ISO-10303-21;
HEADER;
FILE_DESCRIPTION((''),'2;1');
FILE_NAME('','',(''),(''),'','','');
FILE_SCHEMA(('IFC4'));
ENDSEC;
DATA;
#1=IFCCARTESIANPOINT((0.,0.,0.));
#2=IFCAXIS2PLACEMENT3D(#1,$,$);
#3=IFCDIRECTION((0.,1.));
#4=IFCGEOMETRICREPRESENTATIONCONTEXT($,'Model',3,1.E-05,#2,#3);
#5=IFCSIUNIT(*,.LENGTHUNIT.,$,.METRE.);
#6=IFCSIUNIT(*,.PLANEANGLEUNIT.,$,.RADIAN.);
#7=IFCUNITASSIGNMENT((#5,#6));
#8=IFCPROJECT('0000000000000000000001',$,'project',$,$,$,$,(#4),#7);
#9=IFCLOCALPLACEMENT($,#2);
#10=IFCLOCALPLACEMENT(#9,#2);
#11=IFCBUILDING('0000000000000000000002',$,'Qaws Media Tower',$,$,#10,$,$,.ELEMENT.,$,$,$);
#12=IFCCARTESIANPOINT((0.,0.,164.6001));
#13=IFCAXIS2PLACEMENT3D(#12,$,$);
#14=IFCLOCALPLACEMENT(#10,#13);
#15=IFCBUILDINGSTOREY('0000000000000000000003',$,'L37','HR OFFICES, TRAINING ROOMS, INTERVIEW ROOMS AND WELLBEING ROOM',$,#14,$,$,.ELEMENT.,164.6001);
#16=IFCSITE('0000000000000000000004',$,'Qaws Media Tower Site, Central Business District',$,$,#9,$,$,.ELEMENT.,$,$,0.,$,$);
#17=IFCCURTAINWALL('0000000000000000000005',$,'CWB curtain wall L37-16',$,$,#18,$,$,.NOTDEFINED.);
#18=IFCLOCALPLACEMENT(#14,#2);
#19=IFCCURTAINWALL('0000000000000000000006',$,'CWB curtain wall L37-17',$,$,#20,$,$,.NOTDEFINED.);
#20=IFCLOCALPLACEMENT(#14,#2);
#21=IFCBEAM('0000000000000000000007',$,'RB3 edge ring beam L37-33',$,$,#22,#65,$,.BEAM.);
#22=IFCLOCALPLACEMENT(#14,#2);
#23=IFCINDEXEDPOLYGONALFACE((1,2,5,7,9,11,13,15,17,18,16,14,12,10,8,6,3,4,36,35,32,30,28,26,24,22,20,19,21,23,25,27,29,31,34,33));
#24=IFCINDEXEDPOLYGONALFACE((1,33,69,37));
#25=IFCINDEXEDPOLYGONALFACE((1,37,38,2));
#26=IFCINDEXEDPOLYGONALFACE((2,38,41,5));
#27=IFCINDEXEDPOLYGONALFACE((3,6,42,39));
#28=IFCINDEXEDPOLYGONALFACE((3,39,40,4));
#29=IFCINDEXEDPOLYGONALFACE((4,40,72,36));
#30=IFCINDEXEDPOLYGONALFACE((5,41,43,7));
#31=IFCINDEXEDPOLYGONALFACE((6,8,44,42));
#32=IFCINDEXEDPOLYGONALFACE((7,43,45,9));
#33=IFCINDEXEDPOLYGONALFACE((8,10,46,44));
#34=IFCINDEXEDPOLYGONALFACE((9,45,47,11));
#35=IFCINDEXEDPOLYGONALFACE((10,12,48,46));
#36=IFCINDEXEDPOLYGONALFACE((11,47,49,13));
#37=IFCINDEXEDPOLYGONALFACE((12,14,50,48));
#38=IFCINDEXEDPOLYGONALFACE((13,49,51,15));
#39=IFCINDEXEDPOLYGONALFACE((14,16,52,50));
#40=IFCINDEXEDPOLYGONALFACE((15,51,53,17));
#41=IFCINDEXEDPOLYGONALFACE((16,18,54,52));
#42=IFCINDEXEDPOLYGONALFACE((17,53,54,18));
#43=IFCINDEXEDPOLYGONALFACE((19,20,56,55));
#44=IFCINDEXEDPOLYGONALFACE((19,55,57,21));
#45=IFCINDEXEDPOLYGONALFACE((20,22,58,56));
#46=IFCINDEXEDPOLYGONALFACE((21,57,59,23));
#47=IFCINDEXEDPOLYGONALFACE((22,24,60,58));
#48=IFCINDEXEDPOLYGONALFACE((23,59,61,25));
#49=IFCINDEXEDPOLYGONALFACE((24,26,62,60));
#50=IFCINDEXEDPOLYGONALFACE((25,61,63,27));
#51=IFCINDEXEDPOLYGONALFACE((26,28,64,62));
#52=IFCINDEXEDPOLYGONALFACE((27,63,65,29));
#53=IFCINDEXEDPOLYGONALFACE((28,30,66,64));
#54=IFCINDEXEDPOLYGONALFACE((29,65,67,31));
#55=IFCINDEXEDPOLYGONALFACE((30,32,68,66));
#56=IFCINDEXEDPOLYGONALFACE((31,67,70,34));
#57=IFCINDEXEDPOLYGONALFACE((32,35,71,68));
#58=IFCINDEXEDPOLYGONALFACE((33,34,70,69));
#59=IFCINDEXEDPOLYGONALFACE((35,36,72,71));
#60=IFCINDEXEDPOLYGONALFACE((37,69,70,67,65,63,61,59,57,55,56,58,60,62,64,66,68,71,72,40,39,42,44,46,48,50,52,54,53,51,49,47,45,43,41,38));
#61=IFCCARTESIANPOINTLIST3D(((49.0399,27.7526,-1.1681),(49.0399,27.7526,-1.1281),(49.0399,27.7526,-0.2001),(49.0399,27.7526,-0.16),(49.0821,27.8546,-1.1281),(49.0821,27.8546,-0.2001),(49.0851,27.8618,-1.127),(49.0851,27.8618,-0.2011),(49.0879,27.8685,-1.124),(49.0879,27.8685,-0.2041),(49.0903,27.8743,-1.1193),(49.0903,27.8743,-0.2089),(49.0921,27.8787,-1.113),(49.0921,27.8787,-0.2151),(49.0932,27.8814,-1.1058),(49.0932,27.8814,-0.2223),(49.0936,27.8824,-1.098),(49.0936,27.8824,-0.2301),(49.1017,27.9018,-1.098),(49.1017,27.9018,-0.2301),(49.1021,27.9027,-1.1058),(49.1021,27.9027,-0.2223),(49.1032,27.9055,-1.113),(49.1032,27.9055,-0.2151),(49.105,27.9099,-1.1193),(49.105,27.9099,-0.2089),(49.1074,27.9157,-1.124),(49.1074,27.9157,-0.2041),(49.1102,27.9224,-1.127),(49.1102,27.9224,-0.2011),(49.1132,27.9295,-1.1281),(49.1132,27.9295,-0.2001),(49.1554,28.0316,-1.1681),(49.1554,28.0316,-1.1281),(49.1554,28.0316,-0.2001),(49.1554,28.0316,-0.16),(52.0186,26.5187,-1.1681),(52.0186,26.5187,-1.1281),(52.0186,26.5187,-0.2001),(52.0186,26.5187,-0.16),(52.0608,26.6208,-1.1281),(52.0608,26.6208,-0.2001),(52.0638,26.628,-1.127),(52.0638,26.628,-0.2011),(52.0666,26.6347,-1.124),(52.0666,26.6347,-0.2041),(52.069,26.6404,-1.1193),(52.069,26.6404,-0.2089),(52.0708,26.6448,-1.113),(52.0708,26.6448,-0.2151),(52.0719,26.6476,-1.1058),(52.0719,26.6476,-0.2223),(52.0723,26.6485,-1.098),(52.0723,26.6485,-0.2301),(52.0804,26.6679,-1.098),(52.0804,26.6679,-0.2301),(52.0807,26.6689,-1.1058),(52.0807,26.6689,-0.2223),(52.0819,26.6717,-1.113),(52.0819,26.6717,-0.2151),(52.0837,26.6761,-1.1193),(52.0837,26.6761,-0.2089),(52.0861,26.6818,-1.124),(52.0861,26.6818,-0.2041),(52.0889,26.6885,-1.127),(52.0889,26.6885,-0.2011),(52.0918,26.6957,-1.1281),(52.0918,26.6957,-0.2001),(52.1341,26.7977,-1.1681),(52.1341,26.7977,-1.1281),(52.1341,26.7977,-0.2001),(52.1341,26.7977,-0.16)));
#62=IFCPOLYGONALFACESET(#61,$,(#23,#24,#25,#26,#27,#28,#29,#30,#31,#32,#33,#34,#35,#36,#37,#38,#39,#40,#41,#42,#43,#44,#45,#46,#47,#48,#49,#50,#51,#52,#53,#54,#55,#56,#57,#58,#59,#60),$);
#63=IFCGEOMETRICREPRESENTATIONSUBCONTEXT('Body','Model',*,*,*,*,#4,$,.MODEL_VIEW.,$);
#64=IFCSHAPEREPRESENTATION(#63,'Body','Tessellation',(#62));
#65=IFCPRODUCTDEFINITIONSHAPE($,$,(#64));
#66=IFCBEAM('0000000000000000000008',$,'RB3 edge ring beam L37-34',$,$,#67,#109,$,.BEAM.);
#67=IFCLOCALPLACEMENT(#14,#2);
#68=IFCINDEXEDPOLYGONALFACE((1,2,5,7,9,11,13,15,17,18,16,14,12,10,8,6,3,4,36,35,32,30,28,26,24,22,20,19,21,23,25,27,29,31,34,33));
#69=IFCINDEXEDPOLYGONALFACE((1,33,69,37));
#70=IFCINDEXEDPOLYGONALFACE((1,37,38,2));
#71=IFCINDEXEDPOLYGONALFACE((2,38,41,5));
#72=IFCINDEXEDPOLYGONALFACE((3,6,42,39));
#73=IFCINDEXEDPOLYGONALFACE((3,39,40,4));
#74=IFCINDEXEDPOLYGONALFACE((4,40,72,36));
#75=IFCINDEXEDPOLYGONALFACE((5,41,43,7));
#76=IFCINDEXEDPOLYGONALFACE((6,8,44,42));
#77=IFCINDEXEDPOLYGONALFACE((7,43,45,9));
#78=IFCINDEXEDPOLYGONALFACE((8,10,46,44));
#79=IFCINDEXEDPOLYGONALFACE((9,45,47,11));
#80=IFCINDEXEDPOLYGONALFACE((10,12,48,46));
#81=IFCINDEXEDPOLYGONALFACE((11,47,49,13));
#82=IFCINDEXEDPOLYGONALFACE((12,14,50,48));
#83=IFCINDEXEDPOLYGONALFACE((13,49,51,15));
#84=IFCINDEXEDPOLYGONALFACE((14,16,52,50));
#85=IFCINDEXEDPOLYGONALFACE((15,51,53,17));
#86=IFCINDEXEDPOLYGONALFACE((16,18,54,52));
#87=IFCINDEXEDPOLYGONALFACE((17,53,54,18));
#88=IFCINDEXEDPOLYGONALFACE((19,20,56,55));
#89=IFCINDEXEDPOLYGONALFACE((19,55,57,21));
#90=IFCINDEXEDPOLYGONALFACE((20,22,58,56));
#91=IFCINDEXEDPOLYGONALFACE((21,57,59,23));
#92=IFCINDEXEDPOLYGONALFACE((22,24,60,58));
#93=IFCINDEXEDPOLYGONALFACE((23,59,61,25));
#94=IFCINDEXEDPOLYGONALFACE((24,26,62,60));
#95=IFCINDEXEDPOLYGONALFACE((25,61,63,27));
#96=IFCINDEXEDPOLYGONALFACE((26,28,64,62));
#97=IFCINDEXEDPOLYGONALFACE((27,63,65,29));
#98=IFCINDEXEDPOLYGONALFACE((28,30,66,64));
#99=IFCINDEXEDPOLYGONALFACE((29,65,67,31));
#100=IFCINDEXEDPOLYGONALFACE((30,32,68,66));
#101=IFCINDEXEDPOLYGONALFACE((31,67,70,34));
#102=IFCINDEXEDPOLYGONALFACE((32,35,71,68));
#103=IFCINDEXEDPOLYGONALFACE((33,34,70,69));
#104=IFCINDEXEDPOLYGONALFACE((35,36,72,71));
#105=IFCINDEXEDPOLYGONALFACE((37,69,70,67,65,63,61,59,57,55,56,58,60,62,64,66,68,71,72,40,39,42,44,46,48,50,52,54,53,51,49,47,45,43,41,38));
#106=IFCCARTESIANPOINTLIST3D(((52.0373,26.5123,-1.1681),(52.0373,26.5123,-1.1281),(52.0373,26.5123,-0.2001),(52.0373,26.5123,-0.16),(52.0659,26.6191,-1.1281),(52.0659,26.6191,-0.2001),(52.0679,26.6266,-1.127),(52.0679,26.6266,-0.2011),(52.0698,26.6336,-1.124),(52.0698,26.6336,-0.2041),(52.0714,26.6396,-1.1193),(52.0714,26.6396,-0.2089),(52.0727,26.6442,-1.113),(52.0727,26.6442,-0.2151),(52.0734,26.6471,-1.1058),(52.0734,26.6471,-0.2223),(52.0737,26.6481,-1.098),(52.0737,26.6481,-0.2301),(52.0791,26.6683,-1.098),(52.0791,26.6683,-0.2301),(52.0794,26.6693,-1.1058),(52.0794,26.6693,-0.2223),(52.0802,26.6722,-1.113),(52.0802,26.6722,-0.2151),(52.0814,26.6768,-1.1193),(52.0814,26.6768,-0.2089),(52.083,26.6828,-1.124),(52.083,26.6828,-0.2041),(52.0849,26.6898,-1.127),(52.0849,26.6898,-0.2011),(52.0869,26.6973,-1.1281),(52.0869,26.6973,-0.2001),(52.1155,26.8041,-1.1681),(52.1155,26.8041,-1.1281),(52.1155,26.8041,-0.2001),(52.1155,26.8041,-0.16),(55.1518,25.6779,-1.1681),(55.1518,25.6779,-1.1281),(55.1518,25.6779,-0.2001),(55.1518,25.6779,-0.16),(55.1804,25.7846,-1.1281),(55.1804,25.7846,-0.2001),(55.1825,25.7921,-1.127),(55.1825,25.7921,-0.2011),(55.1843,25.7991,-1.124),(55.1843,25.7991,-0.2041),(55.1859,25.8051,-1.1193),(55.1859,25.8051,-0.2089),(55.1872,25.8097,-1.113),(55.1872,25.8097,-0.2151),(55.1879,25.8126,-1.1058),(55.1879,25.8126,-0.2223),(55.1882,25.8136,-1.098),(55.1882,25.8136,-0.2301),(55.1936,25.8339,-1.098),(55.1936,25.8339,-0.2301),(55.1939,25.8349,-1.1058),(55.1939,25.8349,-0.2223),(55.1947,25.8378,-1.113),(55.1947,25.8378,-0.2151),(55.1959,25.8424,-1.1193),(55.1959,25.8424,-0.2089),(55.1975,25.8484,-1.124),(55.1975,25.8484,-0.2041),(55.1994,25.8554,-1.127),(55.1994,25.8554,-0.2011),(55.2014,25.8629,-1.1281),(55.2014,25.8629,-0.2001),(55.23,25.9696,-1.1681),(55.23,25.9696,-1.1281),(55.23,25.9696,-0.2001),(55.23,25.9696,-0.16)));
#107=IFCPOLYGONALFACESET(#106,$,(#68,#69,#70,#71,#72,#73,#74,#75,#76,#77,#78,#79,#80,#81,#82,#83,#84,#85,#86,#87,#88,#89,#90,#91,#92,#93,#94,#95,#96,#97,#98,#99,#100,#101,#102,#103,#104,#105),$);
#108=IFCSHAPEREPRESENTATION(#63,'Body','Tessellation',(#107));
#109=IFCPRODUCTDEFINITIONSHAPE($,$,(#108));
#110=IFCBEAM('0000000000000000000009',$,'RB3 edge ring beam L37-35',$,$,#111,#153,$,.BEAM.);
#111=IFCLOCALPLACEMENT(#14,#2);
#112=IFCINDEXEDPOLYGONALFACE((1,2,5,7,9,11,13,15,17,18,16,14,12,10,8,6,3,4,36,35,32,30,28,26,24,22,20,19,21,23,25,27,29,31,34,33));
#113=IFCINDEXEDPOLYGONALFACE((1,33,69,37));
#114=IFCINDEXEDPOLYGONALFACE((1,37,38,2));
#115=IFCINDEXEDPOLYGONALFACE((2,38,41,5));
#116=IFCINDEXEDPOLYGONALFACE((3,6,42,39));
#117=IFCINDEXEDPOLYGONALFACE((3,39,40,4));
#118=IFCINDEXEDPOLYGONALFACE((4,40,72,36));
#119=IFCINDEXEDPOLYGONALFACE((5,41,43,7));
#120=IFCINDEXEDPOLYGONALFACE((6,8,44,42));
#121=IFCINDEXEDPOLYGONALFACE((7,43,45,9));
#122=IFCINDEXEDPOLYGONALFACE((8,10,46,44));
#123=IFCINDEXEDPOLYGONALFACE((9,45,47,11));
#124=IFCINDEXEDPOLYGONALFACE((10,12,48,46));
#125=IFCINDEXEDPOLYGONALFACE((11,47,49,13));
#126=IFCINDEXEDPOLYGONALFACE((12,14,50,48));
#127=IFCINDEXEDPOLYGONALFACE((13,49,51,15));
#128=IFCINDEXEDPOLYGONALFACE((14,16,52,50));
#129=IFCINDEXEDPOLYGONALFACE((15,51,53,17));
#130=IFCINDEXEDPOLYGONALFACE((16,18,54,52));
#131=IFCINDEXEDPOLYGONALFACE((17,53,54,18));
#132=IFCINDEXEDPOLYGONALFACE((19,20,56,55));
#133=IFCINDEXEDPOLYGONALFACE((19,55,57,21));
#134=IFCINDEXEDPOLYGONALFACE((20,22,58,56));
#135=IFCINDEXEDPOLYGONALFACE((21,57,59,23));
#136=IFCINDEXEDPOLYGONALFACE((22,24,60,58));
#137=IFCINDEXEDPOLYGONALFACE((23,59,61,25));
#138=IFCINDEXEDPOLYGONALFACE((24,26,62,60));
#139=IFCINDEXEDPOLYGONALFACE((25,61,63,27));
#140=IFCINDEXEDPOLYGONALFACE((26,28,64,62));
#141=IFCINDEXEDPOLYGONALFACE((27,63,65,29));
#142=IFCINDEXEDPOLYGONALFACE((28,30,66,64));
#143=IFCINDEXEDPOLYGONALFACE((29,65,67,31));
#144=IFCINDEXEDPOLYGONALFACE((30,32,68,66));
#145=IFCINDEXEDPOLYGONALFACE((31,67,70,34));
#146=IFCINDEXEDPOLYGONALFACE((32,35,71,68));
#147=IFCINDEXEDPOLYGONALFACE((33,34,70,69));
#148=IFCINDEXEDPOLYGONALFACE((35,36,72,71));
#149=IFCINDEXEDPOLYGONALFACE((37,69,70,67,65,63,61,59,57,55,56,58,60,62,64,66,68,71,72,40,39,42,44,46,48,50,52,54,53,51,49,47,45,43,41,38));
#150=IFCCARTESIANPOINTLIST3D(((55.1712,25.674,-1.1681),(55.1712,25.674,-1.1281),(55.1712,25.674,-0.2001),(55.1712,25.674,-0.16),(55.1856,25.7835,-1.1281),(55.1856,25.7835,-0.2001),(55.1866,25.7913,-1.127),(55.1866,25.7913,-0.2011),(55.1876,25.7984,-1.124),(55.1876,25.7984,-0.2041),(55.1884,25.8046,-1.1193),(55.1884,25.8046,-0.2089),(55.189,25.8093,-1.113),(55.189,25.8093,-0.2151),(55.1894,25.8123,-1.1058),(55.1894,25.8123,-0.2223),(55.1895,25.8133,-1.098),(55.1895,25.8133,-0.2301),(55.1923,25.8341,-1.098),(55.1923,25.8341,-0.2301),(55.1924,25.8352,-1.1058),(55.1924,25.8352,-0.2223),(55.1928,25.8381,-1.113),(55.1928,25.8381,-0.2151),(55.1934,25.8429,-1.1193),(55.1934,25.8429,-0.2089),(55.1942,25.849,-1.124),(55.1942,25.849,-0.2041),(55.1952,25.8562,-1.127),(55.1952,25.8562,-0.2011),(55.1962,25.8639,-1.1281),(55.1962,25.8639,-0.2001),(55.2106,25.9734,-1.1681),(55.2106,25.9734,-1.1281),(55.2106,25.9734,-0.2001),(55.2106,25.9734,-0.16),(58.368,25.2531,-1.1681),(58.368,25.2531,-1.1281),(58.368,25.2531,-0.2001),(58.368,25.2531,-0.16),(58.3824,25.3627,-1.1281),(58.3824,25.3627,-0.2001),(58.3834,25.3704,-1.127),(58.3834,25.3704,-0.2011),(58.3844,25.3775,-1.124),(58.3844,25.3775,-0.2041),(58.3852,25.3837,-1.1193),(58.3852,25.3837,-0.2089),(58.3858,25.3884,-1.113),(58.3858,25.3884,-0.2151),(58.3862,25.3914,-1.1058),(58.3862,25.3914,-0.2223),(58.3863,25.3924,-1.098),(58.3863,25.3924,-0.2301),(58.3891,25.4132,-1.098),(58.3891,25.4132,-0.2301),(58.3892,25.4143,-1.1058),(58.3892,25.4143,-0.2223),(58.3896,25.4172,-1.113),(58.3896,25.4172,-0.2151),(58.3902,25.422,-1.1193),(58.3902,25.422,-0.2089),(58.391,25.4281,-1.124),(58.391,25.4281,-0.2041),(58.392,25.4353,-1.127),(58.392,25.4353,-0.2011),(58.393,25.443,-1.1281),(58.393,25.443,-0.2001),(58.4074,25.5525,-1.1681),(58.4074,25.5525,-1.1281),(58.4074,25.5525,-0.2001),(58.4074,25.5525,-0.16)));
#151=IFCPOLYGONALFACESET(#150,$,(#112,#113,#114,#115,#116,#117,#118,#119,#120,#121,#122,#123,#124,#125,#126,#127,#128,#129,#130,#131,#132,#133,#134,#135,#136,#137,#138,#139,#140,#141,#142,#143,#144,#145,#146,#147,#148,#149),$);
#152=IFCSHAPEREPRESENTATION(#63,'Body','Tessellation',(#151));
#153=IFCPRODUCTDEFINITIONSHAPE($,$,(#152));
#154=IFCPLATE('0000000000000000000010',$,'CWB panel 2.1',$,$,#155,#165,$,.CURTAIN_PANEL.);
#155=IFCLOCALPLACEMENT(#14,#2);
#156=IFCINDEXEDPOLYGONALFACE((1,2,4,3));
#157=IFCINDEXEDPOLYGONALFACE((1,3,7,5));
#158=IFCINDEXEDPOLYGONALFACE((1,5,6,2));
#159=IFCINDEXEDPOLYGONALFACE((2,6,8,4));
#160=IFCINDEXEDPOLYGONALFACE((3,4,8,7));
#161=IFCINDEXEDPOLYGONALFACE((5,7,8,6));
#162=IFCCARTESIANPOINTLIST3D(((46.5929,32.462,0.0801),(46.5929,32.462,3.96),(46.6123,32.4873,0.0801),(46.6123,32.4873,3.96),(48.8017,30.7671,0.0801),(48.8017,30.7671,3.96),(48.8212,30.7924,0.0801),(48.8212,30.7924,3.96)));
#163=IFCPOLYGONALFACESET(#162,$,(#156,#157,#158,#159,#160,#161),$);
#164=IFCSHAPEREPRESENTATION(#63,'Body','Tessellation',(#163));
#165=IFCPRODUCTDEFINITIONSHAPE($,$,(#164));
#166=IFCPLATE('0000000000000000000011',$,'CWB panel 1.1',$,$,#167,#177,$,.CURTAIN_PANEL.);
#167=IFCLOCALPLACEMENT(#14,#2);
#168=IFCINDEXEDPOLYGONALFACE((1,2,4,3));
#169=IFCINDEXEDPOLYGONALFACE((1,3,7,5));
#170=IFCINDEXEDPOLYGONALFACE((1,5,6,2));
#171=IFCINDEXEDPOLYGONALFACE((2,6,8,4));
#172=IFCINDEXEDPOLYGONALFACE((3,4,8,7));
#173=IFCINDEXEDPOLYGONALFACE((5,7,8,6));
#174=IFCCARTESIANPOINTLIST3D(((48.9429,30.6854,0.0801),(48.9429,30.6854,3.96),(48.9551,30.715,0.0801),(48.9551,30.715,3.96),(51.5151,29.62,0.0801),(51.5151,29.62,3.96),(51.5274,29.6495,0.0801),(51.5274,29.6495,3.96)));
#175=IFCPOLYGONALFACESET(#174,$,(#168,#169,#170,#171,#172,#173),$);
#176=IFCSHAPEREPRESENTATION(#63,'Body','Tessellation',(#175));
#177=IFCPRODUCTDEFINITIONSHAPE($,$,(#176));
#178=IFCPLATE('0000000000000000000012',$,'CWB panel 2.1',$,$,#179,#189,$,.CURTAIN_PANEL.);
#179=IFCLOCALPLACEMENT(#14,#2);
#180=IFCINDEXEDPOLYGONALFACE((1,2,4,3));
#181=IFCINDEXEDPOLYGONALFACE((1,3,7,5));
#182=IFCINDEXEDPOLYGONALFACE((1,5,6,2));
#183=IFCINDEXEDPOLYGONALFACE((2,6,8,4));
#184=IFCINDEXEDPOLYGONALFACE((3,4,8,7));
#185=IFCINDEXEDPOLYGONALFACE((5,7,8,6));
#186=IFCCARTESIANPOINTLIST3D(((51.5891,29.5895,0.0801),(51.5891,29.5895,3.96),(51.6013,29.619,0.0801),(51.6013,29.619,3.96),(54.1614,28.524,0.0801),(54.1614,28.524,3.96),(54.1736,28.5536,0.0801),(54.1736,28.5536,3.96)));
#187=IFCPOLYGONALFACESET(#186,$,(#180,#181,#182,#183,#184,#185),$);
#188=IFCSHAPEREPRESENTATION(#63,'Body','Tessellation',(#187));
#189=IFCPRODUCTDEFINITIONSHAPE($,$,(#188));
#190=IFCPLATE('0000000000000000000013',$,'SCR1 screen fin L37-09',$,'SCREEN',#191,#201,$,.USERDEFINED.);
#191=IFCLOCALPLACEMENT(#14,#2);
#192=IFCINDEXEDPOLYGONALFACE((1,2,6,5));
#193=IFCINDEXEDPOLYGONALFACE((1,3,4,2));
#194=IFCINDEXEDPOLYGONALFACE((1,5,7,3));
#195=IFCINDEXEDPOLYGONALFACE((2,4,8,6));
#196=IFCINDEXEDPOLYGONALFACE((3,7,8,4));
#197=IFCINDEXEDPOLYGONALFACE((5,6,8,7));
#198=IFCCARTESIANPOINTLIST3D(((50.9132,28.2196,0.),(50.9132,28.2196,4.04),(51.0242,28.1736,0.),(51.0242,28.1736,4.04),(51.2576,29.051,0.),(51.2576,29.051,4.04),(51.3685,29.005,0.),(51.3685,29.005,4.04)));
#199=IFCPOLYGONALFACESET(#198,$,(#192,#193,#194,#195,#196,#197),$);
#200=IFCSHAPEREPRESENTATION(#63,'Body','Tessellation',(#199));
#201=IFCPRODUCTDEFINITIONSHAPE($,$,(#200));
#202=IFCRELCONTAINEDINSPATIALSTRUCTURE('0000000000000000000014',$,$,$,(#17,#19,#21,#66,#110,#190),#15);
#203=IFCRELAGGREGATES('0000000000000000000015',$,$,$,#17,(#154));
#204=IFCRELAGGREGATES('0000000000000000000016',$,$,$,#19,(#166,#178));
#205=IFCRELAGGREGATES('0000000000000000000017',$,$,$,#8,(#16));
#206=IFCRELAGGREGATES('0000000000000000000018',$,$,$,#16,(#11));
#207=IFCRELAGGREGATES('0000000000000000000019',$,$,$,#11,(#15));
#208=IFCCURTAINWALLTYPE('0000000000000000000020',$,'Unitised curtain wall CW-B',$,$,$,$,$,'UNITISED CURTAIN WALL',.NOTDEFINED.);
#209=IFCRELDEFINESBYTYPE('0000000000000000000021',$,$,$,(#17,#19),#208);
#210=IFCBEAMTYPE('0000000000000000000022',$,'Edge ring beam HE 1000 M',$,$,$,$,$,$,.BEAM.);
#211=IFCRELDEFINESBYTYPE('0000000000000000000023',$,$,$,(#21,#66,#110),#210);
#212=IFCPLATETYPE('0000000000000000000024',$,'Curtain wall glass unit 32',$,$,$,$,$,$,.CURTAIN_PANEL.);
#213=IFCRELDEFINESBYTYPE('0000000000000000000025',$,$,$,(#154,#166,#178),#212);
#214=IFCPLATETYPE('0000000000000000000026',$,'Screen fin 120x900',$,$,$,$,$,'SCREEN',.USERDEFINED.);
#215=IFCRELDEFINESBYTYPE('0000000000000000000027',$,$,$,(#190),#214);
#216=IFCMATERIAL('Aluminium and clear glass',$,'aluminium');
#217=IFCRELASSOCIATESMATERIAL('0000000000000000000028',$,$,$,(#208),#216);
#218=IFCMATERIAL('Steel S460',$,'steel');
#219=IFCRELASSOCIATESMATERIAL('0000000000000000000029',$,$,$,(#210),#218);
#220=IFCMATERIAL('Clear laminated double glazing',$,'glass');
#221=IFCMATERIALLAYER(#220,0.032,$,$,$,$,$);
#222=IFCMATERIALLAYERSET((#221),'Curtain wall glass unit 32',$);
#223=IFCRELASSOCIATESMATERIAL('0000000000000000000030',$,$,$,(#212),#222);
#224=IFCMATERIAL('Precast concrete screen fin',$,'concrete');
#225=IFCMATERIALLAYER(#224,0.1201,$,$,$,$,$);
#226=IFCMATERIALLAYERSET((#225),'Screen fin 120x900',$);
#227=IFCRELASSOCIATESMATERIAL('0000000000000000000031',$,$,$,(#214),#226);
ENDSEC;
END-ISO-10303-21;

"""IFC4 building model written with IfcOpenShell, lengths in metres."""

from ifc_helpers import new_model, si_unit, direction, frame, origin, origin_2d, place, context, subcontext, project, spatial, rectangle, i_section, extrude, material, layer, layer_set, material_profile, profile_set, type_object, element, aggregate, save


model = new_model("IFC4")

# Units and contexts
model_context = context("Model", 3, precision=1e-05, world=origin(), true_north=direction((0.0, 1.0)))
body_context = subcontext(model_context, "Body", "Model", "MODEL_VIEW")
ifc_project = project(units=[si_unit("LENGTHUNIT", "METRE"), si_unit("PLANEANGLEUNIT", "RADIAN")], contexts=[model_context])

# Site, building, storey
site_placement = place(None, origin())
site = spatial("IfcSite", under=ifc_project, at=site_placement, Name="Qaws Media Tower Site, Central Business District", CompositionType="ELEMENT", RefElevation=0.0)
building_placement = place(site_placement, origin())
building = spatial("IfcBuilding", under=site, at=building_placement, Name="Qaws Media Tower", CompositionType="ELEMENT")
storey_placement = place(building_placement, frame((0.0, 0.0, 164.6001)))
storey = spatial("IfcBuildingStorey", under=building, at=storey_placement, Name="L37", Description="HR OFFICES, TRAINING ROOMS, INTERVIEW ROOMS AND WELLBEING ROOM", CompositionType="ELEMENT", Elevation=164.6001)

# Curtain walls
ifc_material_1 = material(Name="Aluminium and clear glass", Category="aluminium")
curtain_wall_type = type_object("IfcCurtainWallType", Name="Unitised curtain wall CW-B", ElementType="UNITISED CURTAIN WALL", PredefinedType="NOTDEFINED", material=ifc_material_1)
curtain_wall_1_placement = place(storey_placement, origin())
curtain_wall_1 = element("IfcCurtainWall", 1, at=curtain_wall_1_placement, inside=storey, type_object=curtain_wall_type, Name="CWB curtain wall L37-16", PredefinedType="NOTDEFINED")
curtain_wall_2_placement = place(storey_placement, origin())
curtain_wall_2 = element("IfcCurtainWall", 2, at=curtain_wall_2_placement, inside=storey, type_object=curtain_wall_type, Name="CWB curtain wall L37-17", PredefinedType="NOTDEFINED")

# Beams
ifc_material_2 = material(Name="Steel S460", Category="steel")
ifc_material_profile_1 = material_profile(ifc_material_2, i_section(OverallWidth=0.302, OverallDepth=1.0081, WebThickness=0.021, FlangeThickness=0.04, FilletRadius=0.03, at=origin_2d()), Name="HE 1000 M")
ifc_profile_set_1 = profile_set([ifc_material_profile_1], Name="Steel S460")
beam_type = type_object("IfcBeamType", Name="Edge ring beam HE 1000 M", PredefinedType="BEAM", material=ifc_profile_set_1)
beam_1_placement = place(storey_placement, frame((49.0977, 27.8921, -0.6641), z_axis=(0.923875, -0.382695, 0.0), x_axis=(0.382695, 0.923875, 0.0)))
element("IfcBeam", 3, at=beam_1_placement, inside=storey, type_object=beam_type, Name="RB3 edge ring beam L37-33", PredefinedType="BEAM", context=body_context, shape_type="SweptSolid", body=[
    extrude(i_section(OverallWidth=0.302, OverallDepth=1.0081, WebThickness=0.021, FlangeThickness=0.04, FilletRadius=0.03, at=origin_2d()), origin(), (0.0, 0.0, 1.0), 3.2241),
])
for number, where, z_axis, x_axis, name in (
    (4, (52.0764, 26.6582, -0.6641), (0.96593, -0.258803, 0.0), (0.258803, 0.96593, 0.0), "RB3 edge ring beam L37-34"),
    (5, (55.1909, 25.8237, -0.6641), (0.991443, -0.130537, 0.0), (0.130537, 0.991443, 0.0), "RB3 edge ring beam L37-35"),
):
    element("IfcBeam", number, at=place(storey_placement, frame(where, z_axis=z_axis, x_axis=x_axis)), inside=storey, type_object=beam_type, Name=name, PredefinedType="BEAM", context=body_context, shape_type="SweptSolid", body=[
        extrude(i_section(OverallWidth=0.302, OverallDepth=1.0081, WebThickness=0.021, FlangeThickness=0.04, FilletRadius=0.03, at=origin_2d()), origin(), (0.0, 0.0, 1.0), 3.2244),
    ])

# Plates
ifc_material_3 = material(Name="Clear laminated double glazing", Category="glass")
ifc_layer_1 = layer(ifc_material_3, 0.032)
ifc_layer_set_1 = layer_set([ifc_layer_1], Name="Curtain wall glass unit 32")
plate_type_1 = type_object("IfcPlateType", Name="Curtain wall glass unit 32", PredefinedType="CURTAIN_PANEL", material=ifc_layer_set_1)
plate_1_placement = place(storey_placement, frame((47.707, 31.6272, 0.0801), z_axis=(0.0, 0.0, 1.0), x_axis=(0.793353, -0.608761, 0.0)))
plate_1 = element("IfcPlate", 6, at=plate_1_placement, type_object=plate_type_1, Name="CWB panel 2.1", PredefinedType="CURTAIN_PANEL", context=body_context, shape_type="SweptSolid", body=[
    extrude(rectangle(XDim=2.7842, YDim=0.032, at=origin_2d()), origin(), (0.0, 0.0, 1.0), 3.8799),
])
aggregate(curtain_wall_1, [plate_1])
plate_2_placement = place(storey_placement, frame((50.2351, 30.1675, 0.0801), z_axis=(0.0, 0.0, 1.0), x_axis=(0.923879, -0.382684, 0.0)))
plate_2 = element("IfcPlate", 7, at=plate_2_placement, type_object=plate_type_1, Name="CWB panel 1.1", PredefinedType="CURTAIN_PANEL", context=body_context, shape_type="SweptSolid", body=[
    extrude(rectangle(XDim=2.7842, YDim=0.032, at=origin_2d()), origin(), (0.0, 0.0, 1.0), 3.8799),
])
plate_3_placement = place(storey_placement, frame((52.8813, 29.0715, 0.0801), z_axis=(0.0, 0.0, 1.0), x_axis=(0.923879, -0.382684, 0.0)))
plate_3 = element("IfcPlate", 8, at=plate_3_placement, type_object=plate_type_1, Name="CWB panel 2.1", PredefinedType="CURTAIN_PANEL", context=body_context, shape_type="SweptSolid", body=[
    extrude(rectangle(XDim=2.7842, YDim=0.032, at=origin_2d()), origin(), (0.0, 0.0, 1.0), 3.8799),
])
aggregate(curtain_wall_2, [plate_2, plate_3])
ifc_material_4 = material(Name="Precast concrete screen fin", Category="concrete")
ifc_layer_2 = layer(ifc_material_4, 0.1201)
ifc_layer_set_2 = layer_set([ifc_layer_2], Name="Screen fin 120x900")
plate_type_2 = type_object("IfcPlateType", Name="Screen fin 120x900", ElementType="SCREEN", PredefinedType="USERDEFINED", material=ifc_layer_set_2)
plate_4_placement = place(storey_placement, frame((51.1409, 28.6123, 0.0), z_axis=(0.0, 0.0, 1.0), x_axis=(-0.382683, -0.92388, 0.0)))
element("IfcPlate", 9, at=plate_4_placement, inside=storey, type_object=plate_type_2, Name="SCR1 screen fin L37-09", ObjectType="SCREEN", PredefinedType="USERDEFINED", context=body_context, shape_type="SweptSolid", body=[
    extrude(rectangle(XDim=0.8999, YDim=0.1201, at=origin_2d()), origin(), (0.0, 0.0, 1.0), 4.04),
])

save(model, "model.ifc")
